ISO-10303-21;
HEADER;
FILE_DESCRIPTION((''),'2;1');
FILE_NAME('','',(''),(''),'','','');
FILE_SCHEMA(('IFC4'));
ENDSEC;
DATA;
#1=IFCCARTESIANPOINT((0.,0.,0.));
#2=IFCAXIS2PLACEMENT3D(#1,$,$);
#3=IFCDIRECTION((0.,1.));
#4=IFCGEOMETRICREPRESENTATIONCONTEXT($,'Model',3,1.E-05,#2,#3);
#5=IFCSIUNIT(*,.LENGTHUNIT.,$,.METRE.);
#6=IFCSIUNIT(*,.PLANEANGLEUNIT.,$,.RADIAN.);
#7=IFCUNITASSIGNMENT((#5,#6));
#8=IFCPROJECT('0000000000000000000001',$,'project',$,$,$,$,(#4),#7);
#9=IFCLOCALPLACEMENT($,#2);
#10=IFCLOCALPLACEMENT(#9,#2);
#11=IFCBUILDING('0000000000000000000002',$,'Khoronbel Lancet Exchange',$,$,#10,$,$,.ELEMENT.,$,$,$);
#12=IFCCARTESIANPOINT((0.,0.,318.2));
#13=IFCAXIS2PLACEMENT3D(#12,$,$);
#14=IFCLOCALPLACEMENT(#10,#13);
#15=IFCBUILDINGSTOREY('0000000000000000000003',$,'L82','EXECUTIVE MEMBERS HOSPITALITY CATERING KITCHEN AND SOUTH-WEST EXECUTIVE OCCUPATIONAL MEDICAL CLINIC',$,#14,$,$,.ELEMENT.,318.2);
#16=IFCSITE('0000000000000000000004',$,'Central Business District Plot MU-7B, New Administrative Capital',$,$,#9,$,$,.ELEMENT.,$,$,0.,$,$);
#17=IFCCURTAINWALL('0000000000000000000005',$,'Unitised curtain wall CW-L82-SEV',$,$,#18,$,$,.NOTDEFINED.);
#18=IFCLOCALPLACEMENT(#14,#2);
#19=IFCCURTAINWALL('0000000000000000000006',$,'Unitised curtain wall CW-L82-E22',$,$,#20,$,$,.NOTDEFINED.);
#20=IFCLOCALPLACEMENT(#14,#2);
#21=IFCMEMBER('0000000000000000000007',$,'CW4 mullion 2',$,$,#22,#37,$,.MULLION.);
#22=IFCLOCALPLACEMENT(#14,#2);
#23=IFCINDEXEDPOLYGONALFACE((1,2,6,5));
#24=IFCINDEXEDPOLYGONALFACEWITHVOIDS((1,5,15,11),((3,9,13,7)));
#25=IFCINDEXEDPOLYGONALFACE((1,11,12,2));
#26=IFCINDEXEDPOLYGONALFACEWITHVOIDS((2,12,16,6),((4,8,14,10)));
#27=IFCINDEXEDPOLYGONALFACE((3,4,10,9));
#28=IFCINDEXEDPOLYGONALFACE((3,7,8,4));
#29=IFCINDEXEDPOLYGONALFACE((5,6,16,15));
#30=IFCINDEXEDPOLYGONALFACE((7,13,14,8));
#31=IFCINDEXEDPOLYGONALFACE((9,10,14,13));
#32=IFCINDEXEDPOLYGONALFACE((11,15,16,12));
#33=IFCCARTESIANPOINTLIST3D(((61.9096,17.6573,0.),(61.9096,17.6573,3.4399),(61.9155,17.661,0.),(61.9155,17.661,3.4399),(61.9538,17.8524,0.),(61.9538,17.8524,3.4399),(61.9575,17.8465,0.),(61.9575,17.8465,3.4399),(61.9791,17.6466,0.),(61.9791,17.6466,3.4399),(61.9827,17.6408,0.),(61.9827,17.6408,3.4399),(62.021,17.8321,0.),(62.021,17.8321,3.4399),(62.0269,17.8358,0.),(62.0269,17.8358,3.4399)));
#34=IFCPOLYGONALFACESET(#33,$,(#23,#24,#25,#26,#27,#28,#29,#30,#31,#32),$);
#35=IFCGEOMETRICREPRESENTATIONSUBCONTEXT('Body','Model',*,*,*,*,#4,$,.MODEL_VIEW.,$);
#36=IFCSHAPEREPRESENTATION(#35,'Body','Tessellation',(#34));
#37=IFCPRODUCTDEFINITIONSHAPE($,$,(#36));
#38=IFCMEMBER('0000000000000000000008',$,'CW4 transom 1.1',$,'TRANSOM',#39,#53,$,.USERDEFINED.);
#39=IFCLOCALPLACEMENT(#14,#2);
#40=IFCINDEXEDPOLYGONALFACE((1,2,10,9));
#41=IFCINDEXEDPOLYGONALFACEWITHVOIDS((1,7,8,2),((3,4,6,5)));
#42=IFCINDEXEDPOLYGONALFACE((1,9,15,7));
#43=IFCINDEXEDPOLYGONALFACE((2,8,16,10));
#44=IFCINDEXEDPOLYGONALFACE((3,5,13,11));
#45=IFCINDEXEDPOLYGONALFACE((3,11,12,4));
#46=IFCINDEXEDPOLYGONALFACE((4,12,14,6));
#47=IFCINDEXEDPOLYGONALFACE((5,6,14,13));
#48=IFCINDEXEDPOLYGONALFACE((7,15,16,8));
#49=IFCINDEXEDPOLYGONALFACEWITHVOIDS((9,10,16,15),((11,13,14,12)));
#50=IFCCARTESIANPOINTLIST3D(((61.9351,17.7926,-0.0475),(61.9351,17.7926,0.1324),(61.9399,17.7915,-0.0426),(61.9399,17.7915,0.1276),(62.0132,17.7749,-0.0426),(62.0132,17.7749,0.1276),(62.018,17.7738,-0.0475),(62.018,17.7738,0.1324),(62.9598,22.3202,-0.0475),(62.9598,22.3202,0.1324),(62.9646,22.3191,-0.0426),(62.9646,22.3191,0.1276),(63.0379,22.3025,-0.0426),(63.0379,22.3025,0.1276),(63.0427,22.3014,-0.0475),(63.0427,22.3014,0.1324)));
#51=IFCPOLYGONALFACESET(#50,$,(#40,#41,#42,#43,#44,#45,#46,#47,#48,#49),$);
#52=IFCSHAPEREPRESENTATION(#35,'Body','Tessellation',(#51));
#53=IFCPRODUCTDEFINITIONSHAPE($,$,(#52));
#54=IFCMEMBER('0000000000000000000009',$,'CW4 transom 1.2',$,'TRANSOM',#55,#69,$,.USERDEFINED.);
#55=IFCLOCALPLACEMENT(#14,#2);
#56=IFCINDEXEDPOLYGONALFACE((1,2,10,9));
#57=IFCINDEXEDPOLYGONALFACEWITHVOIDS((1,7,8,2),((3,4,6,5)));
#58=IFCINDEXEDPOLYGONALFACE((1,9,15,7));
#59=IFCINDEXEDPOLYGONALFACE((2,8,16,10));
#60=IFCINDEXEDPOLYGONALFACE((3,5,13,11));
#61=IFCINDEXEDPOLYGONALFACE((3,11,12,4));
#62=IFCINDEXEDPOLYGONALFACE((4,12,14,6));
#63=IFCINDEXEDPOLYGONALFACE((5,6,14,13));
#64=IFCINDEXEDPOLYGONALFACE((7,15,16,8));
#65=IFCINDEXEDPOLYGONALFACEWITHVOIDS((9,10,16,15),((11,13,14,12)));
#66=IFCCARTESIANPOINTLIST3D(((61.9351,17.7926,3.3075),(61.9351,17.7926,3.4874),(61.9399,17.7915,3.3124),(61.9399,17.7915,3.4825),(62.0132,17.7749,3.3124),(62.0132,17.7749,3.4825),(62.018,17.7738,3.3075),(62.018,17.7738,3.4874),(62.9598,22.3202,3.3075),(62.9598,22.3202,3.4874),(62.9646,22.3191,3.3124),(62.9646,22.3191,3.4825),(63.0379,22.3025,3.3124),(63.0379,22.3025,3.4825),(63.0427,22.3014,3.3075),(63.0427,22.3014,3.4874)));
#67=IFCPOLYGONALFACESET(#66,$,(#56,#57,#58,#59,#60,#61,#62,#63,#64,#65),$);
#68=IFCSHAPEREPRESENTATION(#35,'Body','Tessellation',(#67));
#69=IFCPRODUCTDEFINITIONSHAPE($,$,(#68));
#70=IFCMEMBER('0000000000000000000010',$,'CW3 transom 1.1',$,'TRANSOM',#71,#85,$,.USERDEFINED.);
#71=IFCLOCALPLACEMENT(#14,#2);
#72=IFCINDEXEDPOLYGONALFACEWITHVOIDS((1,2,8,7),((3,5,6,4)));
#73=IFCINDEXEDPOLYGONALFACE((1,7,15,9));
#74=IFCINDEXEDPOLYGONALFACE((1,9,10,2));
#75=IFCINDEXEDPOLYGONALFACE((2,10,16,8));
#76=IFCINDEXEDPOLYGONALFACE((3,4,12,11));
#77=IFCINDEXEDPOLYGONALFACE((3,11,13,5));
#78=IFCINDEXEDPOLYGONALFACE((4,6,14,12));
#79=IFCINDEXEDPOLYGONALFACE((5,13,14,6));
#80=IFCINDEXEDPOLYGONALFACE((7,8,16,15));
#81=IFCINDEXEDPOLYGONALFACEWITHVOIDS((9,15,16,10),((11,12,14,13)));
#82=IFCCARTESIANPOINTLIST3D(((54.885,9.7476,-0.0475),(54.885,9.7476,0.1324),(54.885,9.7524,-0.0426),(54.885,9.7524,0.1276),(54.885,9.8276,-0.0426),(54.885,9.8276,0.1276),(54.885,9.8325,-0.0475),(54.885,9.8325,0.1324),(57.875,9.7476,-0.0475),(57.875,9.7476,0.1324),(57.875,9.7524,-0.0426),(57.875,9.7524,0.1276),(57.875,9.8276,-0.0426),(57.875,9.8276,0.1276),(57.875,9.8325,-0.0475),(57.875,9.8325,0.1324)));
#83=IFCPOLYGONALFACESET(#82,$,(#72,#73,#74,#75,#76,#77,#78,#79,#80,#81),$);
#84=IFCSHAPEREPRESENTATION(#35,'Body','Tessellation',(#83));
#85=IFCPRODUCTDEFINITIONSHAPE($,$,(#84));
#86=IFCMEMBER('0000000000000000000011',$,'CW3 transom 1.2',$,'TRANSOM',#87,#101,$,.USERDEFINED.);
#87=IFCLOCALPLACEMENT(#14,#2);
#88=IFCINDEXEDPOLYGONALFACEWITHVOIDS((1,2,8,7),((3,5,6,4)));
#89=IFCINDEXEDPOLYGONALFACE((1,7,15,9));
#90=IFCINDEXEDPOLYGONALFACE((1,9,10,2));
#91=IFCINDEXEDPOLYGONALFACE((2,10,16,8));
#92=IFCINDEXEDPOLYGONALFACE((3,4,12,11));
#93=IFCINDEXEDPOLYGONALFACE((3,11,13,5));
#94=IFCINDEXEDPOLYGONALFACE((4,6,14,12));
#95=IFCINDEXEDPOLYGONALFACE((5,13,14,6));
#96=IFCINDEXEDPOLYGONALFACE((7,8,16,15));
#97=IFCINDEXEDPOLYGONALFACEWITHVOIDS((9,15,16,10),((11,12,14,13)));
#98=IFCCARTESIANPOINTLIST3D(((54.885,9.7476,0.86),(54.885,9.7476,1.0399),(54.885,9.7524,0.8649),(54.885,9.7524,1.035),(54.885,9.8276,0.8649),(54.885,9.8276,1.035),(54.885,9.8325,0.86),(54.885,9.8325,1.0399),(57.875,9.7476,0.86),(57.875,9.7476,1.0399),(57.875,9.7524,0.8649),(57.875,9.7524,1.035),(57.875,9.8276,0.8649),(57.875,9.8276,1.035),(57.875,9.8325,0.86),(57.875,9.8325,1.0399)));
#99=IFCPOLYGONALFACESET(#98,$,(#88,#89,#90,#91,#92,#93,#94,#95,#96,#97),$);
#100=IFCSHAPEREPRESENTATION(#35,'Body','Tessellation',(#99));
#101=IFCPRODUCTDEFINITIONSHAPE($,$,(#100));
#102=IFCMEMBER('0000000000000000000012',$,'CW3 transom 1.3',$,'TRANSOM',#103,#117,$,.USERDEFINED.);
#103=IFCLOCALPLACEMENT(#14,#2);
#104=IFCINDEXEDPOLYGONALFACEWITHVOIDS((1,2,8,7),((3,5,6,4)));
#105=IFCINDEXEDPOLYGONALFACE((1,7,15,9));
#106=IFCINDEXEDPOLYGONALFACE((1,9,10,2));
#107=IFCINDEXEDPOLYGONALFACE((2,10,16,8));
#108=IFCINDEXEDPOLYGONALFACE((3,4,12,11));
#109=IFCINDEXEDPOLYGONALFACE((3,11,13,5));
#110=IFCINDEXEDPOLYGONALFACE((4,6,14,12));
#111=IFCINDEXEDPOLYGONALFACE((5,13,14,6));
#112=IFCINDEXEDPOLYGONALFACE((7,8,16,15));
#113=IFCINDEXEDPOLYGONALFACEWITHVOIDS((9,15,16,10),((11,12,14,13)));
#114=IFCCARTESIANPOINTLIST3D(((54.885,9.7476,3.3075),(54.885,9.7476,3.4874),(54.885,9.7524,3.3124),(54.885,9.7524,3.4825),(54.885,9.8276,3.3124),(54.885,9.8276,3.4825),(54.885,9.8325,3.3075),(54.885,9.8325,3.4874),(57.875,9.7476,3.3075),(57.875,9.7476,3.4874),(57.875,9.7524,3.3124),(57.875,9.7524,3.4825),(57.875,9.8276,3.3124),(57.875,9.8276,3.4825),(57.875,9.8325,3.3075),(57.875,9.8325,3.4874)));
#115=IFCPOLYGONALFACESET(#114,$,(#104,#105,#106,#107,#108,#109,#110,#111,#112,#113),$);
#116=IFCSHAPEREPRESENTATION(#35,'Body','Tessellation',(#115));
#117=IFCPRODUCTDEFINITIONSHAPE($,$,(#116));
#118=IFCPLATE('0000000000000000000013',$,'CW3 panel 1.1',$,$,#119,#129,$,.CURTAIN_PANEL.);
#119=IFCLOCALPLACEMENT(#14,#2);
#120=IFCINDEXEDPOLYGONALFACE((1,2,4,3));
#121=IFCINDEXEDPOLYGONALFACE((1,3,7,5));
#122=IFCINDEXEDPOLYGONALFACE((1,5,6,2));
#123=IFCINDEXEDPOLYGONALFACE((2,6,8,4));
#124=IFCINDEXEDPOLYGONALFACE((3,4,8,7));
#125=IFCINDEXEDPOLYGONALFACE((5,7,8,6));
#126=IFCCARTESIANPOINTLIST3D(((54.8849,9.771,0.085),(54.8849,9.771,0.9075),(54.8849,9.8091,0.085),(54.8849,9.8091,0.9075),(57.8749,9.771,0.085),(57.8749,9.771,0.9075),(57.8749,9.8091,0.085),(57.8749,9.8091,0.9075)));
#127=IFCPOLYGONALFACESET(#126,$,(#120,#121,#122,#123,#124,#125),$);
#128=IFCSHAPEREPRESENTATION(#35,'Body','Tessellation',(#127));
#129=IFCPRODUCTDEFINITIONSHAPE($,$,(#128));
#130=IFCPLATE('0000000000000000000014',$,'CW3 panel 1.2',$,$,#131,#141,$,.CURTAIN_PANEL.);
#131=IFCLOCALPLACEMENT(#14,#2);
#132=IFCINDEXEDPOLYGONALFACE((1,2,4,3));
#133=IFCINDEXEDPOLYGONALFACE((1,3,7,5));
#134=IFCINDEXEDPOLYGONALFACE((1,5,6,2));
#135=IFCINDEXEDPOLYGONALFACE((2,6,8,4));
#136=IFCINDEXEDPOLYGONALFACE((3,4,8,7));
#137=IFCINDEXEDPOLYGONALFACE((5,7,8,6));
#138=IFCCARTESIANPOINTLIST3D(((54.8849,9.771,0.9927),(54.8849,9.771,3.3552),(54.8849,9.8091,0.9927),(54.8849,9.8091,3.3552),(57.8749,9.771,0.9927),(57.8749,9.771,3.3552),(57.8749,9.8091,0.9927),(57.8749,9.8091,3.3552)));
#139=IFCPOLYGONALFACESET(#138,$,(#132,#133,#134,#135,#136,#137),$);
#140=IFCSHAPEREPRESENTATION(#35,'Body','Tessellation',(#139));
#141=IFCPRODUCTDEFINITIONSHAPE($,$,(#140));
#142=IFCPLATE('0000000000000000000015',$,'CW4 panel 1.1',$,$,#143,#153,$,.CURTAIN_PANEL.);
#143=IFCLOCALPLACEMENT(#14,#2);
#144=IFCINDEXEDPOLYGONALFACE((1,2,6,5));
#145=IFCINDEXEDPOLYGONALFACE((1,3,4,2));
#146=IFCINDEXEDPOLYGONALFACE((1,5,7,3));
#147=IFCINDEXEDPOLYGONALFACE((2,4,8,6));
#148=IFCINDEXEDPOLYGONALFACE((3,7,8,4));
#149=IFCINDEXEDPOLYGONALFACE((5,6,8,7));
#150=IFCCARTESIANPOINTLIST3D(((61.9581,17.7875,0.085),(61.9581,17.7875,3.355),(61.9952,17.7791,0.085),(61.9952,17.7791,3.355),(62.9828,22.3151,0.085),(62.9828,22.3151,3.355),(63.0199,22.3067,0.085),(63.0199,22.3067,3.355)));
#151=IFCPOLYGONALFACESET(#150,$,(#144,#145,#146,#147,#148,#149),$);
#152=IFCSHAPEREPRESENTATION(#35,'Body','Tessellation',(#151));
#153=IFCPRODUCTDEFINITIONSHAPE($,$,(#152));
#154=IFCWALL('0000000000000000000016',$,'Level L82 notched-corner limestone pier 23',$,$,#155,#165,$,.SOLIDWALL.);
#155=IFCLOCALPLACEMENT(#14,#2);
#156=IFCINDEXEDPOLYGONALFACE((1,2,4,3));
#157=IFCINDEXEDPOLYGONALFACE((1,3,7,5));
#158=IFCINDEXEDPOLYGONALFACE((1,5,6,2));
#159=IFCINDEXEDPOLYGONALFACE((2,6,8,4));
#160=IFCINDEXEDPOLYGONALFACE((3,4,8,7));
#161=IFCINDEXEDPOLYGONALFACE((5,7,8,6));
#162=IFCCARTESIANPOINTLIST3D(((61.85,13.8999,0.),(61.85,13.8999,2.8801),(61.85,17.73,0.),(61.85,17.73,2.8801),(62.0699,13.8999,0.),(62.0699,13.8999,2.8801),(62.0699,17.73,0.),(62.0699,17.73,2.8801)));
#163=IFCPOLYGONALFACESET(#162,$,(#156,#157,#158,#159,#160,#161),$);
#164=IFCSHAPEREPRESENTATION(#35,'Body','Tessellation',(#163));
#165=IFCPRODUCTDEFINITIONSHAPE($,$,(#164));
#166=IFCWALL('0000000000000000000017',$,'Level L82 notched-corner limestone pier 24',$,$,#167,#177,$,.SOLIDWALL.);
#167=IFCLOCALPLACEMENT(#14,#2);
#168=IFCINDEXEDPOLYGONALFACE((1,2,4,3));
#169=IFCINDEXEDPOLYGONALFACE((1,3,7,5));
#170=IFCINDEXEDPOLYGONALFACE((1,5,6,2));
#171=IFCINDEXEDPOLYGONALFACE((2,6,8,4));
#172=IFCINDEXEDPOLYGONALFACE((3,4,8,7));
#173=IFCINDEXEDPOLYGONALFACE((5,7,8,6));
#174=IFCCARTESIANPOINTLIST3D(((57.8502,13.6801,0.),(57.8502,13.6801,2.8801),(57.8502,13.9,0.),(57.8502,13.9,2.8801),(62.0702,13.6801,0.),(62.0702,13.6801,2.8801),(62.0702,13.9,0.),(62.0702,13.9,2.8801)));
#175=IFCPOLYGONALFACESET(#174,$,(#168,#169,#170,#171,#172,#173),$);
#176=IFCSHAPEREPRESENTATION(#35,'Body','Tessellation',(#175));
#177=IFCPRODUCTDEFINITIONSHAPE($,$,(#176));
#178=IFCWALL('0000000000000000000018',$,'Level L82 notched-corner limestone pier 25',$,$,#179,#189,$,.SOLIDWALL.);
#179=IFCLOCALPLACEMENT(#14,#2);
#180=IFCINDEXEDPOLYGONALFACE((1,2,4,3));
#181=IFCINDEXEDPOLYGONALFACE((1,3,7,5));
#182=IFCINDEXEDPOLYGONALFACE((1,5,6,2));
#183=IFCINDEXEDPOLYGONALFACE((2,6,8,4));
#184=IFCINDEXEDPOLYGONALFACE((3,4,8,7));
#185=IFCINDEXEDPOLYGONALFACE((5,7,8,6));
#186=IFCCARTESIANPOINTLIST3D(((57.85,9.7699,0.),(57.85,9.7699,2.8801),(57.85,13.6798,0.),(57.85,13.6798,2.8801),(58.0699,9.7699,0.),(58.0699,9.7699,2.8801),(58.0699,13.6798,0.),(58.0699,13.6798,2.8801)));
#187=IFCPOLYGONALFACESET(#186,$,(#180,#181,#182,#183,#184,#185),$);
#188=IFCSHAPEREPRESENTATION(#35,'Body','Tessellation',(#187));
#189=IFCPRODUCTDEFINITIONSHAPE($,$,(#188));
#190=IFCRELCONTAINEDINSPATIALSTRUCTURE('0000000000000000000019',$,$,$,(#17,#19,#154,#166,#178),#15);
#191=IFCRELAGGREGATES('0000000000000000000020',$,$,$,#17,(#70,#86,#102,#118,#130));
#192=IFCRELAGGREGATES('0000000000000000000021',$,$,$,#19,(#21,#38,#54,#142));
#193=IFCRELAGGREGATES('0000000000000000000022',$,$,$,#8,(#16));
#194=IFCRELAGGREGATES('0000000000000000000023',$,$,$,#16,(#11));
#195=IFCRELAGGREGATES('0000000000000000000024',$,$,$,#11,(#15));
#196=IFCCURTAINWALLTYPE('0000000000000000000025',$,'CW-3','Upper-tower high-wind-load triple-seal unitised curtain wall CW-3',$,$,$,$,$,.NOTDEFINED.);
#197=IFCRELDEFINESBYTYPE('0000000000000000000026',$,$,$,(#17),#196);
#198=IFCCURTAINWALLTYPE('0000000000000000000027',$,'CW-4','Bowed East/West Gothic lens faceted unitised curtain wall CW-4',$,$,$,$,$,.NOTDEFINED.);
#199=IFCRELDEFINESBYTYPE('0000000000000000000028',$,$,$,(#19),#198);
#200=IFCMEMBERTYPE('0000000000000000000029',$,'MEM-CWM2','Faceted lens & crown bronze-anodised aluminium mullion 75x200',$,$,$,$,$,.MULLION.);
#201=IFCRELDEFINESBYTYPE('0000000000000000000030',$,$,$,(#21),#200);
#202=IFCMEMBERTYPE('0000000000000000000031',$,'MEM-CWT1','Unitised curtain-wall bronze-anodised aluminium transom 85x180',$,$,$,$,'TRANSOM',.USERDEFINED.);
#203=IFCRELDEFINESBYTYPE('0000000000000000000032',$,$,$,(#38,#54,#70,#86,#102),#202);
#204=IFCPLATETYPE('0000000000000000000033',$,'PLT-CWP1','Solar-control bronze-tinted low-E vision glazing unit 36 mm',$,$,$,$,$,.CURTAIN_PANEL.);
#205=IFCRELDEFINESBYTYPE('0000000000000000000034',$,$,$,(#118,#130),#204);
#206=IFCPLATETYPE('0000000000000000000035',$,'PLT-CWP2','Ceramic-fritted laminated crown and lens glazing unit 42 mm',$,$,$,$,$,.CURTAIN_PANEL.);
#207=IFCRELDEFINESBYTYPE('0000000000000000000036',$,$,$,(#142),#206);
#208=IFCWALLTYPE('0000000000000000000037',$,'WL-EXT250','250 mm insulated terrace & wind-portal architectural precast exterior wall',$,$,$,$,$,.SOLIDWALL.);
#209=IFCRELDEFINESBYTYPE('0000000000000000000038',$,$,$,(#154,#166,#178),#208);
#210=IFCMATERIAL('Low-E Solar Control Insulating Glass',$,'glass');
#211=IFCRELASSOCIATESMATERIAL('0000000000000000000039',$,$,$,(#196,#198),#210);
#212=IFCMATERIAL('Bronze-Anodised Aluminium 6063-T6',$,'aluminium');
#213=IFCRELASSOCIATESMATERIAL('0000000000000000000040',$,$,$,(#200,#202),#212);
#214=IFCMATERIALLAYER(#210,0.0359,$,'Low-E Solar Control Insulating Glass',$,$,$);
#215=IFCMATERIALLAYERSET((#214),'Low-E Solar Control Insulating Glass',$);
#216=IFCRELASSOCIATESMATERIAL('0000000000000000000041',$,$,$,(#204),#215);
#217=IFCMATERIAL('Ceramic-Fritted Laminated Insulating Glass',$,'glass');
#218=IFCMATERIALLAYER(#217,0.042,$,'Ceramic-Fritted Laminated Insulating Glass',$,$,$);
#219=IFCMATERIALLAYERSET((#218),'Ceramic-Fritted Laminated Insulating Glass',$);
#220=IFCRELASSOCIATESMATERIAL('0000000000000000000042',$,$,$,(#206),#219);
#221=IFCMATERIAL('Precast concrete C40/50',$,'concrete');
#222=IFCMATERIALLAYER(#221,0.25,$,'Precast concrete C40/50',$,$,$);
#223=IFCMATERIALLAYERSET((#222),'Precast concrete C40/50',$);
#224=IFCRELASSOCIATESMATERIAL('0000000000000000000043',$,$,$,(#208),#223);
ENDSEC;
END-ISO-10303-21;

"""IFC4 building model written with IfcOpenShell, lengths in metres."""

from ifc_helpers import new_model, si_unit, direction, frame, frame_2d, origin, origin_2d, place, context, subcontext, project, spatial, rectangle, hollow_rectangle, extrude, material, layer, layer_set, material_profile, profile_set, type_object, element, aggregate, save


model = new_model("IFC4")

# Units and contexts
model_context = context("Model", 3, precision=1e-05, world=origin(), true_north=direction((0.0, 1.0)))
body_context = subcontext(model_context, "Body", "Model", "MODEL_VIEW")
ifc_project = project(units=[si_unit("LENGTHUNIT", "METRE"), si_unit("PLANEANGLEUNIT", "RADIAN")], contexts=[model_context])

# Site, building, storey
site_placement = place(None, origin())
site = spatial("IfcSite", under=ifc_project, at=site_placement, Name="Central Business District Plot MU-7B, New Administrative Capital", CompositionType="ELEMENT", RefElevation=0.0)
building_placement = place(site_placement, origin())
building = spatial("IfcBuilding", under=site, at=building_placement, Name="Khoronbel Lancet Exchange", CompositionType="ELEMENT")
storey_placement = place(building_placement, frame((0.0, 0.0, 318.2)))
storey = spatial("IfcBuildingStorey", under=building, at=storey_placement, Name="L82", Description="EXECUTIVE MEMBERS HOSPITALITY CATERING KITCHEN AND SOUTH-WEST EXECUTIVE OCCUPATIONAL MEDICAL CLINIC", CompositionType="ELEMENT", Elevation=318.2)

# Shared definitions
ifc_material_1 = material(Name="Low-E Solar Control Insulating Glass", Category="glass")
curtain_wall_type_1 = type_object("IfcCurtainWallType", Name="CW-3", Description="Upper-tower high-wind-load triple-seal unitised curtain wall CW-3", PredefinedType="NOTDEFINED", material=ifc_material_1)
ifc_material_2 = material(Name="Bronze-Anodised Aluminium 6063-T6", Category="aluminium")

# Curtain wall
curtain_wall_1_placement = place(storey_placement, origin())
curtain_wall_1 = element("IfcCurtainWall", 1, at=curtain_wall_1_placement, inside=storey, type_object=curtain_wall_type_1, Name="Unitised curtain wall CW-L82-SEV", PredefinedType="NOTDEFINED")

# Shared definitions
curtain_wall_type_2 = type_object("IfcCurtainWallType", Name="CW-4", Description="Bowed East/West Gothic lens faceted unitised curtain wall CW-4", PredefinedType="NOTDEFINED", material=ifc_material_1)
ifc_material_profile_1 = material_profile(ifc_material_2, hollow_rectangle(XDim=0.075, YDim=0.2, WallThickness=0.0049, at=origin_2d()), Name="ALU MULLION 75x200")
ifc_profile_set_1 = profile_set([ifc_material_profile_1], Name="Bronze-Anodised Aluminium 6063-T6")
member_type_1 = type_object("IfcMemberType", Name="MEM-CWM2", Description="Faceted lens & crown bronze-anodised aluminium mullion 75x200", PredefinedType="MULLION", material=ifc_profile_set_1)

# Curtain wall, members
curtain_wall_2_placement = place(storey_placement, origin())
curtain_wall_2 = element("IfcCurtainWall", 2, at=curtain_wall_2_placement, inside=storey, type_object=curtain_wall_type_2, Name="Unitised curtain wall CW-L82-E22", PredefinedType="NOTDEFINED")
member_1_placement = place(storey_placement, frame((61.9683, 17.7466, 0.0), z_axis=(0.0, 0.0, 1.0), x_axis=(0.975333, -0.220738, 0.0)))
member_1 = element("IfcMember", 3, at=member_1_placement, type_object=member_type_1, Name="CW4 mullion 2", PredefinedType="MULLION", context=body_context, shape_type="SweptSolid", body=[
    extrude(hollow_rectangle(XDim=0.075, YDim=0.2, WallThickness=0.0049, at=origin_2d()), origin(), (0.0, 0.0, 1.0), 3.4399),
])
ifc_material_profile_2 = material_profile(ifc_material_2, hollow_rectangle(XDim=0.085, YDim=0.1799, WallThickness=0.0049, at=origin_2d()), Name="ALU TRANSOM 85x180")
ifc_profile_set_2 = profile_set([ifc_material_profile_2], Name="Bronze-Anodised Aluminium 6063-T6")
member_type_2 = type_object("IfcMemberType", Name="MEM-CWT1", Description="Unitised curtain-wall bronze-anodised aluminium transom 85x180", ElementType="TRANSOM", PredefinedType="USERDEFINED", material=ifc_profile_set_2)
member_2_placement = place(storey_placement, frame((63.0012, 22.3108, 0.0425), z_axis=(-0.220732, -0.975334, 0.0), x_axis=(0.975334, -0.220732, 0.0)))
member_2 = element("IfcMember", 4, at=member_2_placement, type_object=member_type_2, Name="CW4 transom 1.1", ObjectType="TRANSOM", PredefinedType="USERDEFINED", context=body_context, shape_type="SweptSolid", body=[
    extrude(hollow_rectangle(XDim=0.085, YDim=0.1799, WallThickness=0.0049, at=origin_2d()), origin(), (0.0, 0.0, 1.0), 4.6421),
])
member_3_placement = place(storey_placement, frame((63.0012, 22.3108, 3.3975), z_axis=(-0.220732, -0.975334, 0.0), x_axis=(0.975334, -0.220732, 0.0)))
member_3 = element("IfcMember", 5, at=member_3_placement, type_object=member_type_2, Name="CW4 transom 1.2", ObjectType="TRANSOM", PredefinedType="USERDEFINED", context=body_context, shape_type="SweptSolid", body=[
    extrude(hollow_rectangle(XDim=0.085, YDim=0.1799, WallThickness=0.0049, at=origin_2d()), origin(), (0.0, 0.0, 1.0), 4.6421),
])

# Members
member_4_placement = place(storey_placement, frame((54.885, 9.79, 0.0425), z_axis=(1.0, 0.0, 0.0), x_axis=(0.0, 1.0, 0.0)))
member_4 = element("IfcMember", 6, at=member_4_placement, type_object=member_type_2, Name="CW3 transom 1.1", ObjectType="TRANSOM", PredefinedType="USERDEFINED", context=body_context, shape_type="SweptSolid", body=[
    extrude(hollow_rectangle(XDim=0.085, YDim=0.1799, WallThickness=0.0049, at=origin_2d()), origin(), (0.0, 0.0, 1.0), 2.99),
])
member_5_placement = place(storey_placement, frame((54.885, 9.79, 0.95), z_axis=(1.0, 0.0, 0.0), x_axis=(0.0, 1.0, 0.0)))
member_5 = element("IfcMember", 7, at=member_5_placement, type_object=member_type_2, Name="CW3 transom 1.2", ObjectType="TRANSOM", PredefinedType="USERDEFINED", context=body_context, shape_type="SweptSolid", body=[
    extrude(hollow_rectangle(XDim=0.085, YDim=0.1799, WallThickness=0.0049, at=origin_2d()), origin(), (0.0, 0.0, 1.0), 2.99),
])
member_6_placement = place(storey_placement, frame((54.885, 9.79, 3.3975), z_axis=(1.0, 0.0, 0.0), x_axis=(0.0, 1.0, 0.0)))
member_6 = element("IfcMember", 8, at=member_6_placement, type_object=member_type_2, Name="CW3 transom 1.3", ObjectType="TRANSOM", PredefinedType="USERDEFINED", context=body_context, shape_type="SweptSolid", body=[
    extrude(hollow_rectangle(XDim=0.085, YDim=0.1799, WallThickness=0.0049, at=origin_2d()), origin(), (0.0, 0.0, 1.0), 2.99),
])

# Plates
ifc_layer_1 = layer(ifc_material_1, 0.0359, Name="Low-E Solar Control Insulating Glass")
ifc_layer_set_1 = layer_set([ifc_layer_1], Name="Low-E Solar Control Insulating Glass")
plate_type_1 = type_object("IfcPlateType", Name="PLT-CWP1", Description="Solar-control bronze-tinted low-E vision glazing unit 36 mm", PredefinedType="CURTAIN_PANEL", material=ifc_layer_set_1)
plate_1_placement = place(storey_placement, frame((56.3799, 9.79, 0.085), z_axis=(0.0, 0.0, 1.0), x_axis=(1.0, 0.0, 0.0)))
plate_1 = element("IfcPlate", 9, at=plate_1_placement, type_object=plate_type_1, Name="CW3 panel 1.1", PredefinedType="CURTAIN_PANEL", context=body_context, shape_type="SweptSolid", body=[
    extrude(rectangle(XDim=2.99, YDim=0.0381, at=origin_2d()), origin(), (0.0, 0.0, 1.0), 0.8225),
])
plate_2_placement = place(storey_placement, frame((56.3799, 9.79, 0.9927), z_axis=(0.0, 0.0, 1.0), x_axis=(1.0, 0.0, 0.0)))
plate_2 = element("IfcPlate", 10, at=plate_2_placement, type_object=plate_type_1, Name="CW3 panel 1.2", PredefinedType="CURTAIN_PANEL", context=body_context, shape_type="SweptSolid", body=[
    extrude(rectangle(XDim=2.99, YDim=0.0381, at=origin_2d()), origin(), (0.0, 0.0, 1.0), 2.3625),
])
aggregate(curtain_wall_1, [member_4, member_5, member_6, plate_1, plate_2])
ifc_material_3 = material(Name="Ceramic-Fritted Laminated Insulating Glass", Category="glass")
ifc_layer_2 = layer(ifc_material_3, 0.042, Name="Ceramic-Fritted Laminated Insulating Glass")
ifc_layer_set_2 = layer_set([ifc_layer_2], Name="Ceramic-Fritted Laminated Insulating Glass")
plate_type_2 = type_object("IfcPlateType", Name="PLT-CWP2", Description="Ceramic-fritted laminated crown and lens glazing unit 42 mm", PredefinedType="CURTAIN_PANEL", material=ifc_layer_set_2)
plate_3_placement = place(storey_placement, frame((62.489, 20.0471, 0.085), z_axis=(0.0, 0.0, 1.0), x_axis=(-0.220738, -0.975333, 0.0)))
plate_3 = element("IfcPlate", 11, at=plate_3_placement, type_object=plate_type_2, Name="CW4 panel 1.1", PredefinedType="CURTAIN_PANEL", context=body_context, shape_type="SweptSolid", body=[
    extrude(rectangle(XDim=4.6421, YDim=0.0381, at=origin_2d()), origin(), (0.0, 0.0, 1.0), 3.27),
])
aggregate(curtain_wall_2, [member_1, member_2, member_3, plate_3])

# Walls
ifc_material_4 = material(Name="Precast concrete C40/50", Category="concrete")
ifc_layer_3 = layer(ifc_material_4, 0.25, Name="Precast concrete C40/50")
ifc_layer_set_3 = layer_set([ifc_layer_3], Name="Precast concrete C40/50")
wall_type_1 = type_object("IfcWallType", Name="WL-EXT250", Description="250 mm insulated terrace & wind-portal architectural precast exterior wall", PredefinedType="SOLIDWALL", material=ifc_layer_set_3)
wall_1_placement = place(storey_placement, frame((61.96, 17.73, 0.0), z_axis=(0.0, 0.0, 1.0), x_axis=(0.0, -1.0, 0.0)))
element("IfcWall", 12, at=wall_1_placement, inside=storey, type_object=wall_type_1, Name="Level L82 notched-corner limestone pier 23", PredefinedType="SOLIDWALL", context=body_context, shape_type="SweptSolid", body=[
    extrude(rectangle(XDim=3.8301, YDim=0.22, at=frame_2d((1.915, 0.0))), origin(), (0.0, 0.0, 1.0), 2.8801),
])
wall_2_placement = place(storey_placement, frame((62.0701, 13.79, 0.0), z_axis=(0.0, 0.0, 1.0), x_axis=(-1.0, 0.0, 0.0)))
element("IfcWall", 13, at=wall_2_placement, inside=storey, type_object=wall_type_1, Name="Level L82 notched-corner limestone pier 24", PredefinedType="SOLIDWALL", context=body_context, shape_type="SweptSolid", body=[
    extrude(rectangle(XDim=4.22, YDim=0.22, at=frame_2d((2.1099, 0.0))), origin(), (0.0, 0.0, 1.0), 2.8801),
])
wall_3_placement = place(storey_placement, frame((57.96, 13.6799, 0.0), z_axis=(0.0, 0.0, 1.0), x_axis=(0.0, -1.0, 0.0)))
element("IfcWall", 14, at=wall_3_placement, inside=storey, type_object=wall_type_1, Name="Level L82 notched-corner limestone pier 25", PredefinedType="SOLIDWALL", context=body_context, shape_type="SweptSolid", body=[
    extrude(rectangle(XDim=3.9099, YDim=0.22, at=frame_2d((1.9551, 0.0))), origin(), (0.0, 0.0, 1.0), 2.8801),
])

save(model, "model.ifc")
